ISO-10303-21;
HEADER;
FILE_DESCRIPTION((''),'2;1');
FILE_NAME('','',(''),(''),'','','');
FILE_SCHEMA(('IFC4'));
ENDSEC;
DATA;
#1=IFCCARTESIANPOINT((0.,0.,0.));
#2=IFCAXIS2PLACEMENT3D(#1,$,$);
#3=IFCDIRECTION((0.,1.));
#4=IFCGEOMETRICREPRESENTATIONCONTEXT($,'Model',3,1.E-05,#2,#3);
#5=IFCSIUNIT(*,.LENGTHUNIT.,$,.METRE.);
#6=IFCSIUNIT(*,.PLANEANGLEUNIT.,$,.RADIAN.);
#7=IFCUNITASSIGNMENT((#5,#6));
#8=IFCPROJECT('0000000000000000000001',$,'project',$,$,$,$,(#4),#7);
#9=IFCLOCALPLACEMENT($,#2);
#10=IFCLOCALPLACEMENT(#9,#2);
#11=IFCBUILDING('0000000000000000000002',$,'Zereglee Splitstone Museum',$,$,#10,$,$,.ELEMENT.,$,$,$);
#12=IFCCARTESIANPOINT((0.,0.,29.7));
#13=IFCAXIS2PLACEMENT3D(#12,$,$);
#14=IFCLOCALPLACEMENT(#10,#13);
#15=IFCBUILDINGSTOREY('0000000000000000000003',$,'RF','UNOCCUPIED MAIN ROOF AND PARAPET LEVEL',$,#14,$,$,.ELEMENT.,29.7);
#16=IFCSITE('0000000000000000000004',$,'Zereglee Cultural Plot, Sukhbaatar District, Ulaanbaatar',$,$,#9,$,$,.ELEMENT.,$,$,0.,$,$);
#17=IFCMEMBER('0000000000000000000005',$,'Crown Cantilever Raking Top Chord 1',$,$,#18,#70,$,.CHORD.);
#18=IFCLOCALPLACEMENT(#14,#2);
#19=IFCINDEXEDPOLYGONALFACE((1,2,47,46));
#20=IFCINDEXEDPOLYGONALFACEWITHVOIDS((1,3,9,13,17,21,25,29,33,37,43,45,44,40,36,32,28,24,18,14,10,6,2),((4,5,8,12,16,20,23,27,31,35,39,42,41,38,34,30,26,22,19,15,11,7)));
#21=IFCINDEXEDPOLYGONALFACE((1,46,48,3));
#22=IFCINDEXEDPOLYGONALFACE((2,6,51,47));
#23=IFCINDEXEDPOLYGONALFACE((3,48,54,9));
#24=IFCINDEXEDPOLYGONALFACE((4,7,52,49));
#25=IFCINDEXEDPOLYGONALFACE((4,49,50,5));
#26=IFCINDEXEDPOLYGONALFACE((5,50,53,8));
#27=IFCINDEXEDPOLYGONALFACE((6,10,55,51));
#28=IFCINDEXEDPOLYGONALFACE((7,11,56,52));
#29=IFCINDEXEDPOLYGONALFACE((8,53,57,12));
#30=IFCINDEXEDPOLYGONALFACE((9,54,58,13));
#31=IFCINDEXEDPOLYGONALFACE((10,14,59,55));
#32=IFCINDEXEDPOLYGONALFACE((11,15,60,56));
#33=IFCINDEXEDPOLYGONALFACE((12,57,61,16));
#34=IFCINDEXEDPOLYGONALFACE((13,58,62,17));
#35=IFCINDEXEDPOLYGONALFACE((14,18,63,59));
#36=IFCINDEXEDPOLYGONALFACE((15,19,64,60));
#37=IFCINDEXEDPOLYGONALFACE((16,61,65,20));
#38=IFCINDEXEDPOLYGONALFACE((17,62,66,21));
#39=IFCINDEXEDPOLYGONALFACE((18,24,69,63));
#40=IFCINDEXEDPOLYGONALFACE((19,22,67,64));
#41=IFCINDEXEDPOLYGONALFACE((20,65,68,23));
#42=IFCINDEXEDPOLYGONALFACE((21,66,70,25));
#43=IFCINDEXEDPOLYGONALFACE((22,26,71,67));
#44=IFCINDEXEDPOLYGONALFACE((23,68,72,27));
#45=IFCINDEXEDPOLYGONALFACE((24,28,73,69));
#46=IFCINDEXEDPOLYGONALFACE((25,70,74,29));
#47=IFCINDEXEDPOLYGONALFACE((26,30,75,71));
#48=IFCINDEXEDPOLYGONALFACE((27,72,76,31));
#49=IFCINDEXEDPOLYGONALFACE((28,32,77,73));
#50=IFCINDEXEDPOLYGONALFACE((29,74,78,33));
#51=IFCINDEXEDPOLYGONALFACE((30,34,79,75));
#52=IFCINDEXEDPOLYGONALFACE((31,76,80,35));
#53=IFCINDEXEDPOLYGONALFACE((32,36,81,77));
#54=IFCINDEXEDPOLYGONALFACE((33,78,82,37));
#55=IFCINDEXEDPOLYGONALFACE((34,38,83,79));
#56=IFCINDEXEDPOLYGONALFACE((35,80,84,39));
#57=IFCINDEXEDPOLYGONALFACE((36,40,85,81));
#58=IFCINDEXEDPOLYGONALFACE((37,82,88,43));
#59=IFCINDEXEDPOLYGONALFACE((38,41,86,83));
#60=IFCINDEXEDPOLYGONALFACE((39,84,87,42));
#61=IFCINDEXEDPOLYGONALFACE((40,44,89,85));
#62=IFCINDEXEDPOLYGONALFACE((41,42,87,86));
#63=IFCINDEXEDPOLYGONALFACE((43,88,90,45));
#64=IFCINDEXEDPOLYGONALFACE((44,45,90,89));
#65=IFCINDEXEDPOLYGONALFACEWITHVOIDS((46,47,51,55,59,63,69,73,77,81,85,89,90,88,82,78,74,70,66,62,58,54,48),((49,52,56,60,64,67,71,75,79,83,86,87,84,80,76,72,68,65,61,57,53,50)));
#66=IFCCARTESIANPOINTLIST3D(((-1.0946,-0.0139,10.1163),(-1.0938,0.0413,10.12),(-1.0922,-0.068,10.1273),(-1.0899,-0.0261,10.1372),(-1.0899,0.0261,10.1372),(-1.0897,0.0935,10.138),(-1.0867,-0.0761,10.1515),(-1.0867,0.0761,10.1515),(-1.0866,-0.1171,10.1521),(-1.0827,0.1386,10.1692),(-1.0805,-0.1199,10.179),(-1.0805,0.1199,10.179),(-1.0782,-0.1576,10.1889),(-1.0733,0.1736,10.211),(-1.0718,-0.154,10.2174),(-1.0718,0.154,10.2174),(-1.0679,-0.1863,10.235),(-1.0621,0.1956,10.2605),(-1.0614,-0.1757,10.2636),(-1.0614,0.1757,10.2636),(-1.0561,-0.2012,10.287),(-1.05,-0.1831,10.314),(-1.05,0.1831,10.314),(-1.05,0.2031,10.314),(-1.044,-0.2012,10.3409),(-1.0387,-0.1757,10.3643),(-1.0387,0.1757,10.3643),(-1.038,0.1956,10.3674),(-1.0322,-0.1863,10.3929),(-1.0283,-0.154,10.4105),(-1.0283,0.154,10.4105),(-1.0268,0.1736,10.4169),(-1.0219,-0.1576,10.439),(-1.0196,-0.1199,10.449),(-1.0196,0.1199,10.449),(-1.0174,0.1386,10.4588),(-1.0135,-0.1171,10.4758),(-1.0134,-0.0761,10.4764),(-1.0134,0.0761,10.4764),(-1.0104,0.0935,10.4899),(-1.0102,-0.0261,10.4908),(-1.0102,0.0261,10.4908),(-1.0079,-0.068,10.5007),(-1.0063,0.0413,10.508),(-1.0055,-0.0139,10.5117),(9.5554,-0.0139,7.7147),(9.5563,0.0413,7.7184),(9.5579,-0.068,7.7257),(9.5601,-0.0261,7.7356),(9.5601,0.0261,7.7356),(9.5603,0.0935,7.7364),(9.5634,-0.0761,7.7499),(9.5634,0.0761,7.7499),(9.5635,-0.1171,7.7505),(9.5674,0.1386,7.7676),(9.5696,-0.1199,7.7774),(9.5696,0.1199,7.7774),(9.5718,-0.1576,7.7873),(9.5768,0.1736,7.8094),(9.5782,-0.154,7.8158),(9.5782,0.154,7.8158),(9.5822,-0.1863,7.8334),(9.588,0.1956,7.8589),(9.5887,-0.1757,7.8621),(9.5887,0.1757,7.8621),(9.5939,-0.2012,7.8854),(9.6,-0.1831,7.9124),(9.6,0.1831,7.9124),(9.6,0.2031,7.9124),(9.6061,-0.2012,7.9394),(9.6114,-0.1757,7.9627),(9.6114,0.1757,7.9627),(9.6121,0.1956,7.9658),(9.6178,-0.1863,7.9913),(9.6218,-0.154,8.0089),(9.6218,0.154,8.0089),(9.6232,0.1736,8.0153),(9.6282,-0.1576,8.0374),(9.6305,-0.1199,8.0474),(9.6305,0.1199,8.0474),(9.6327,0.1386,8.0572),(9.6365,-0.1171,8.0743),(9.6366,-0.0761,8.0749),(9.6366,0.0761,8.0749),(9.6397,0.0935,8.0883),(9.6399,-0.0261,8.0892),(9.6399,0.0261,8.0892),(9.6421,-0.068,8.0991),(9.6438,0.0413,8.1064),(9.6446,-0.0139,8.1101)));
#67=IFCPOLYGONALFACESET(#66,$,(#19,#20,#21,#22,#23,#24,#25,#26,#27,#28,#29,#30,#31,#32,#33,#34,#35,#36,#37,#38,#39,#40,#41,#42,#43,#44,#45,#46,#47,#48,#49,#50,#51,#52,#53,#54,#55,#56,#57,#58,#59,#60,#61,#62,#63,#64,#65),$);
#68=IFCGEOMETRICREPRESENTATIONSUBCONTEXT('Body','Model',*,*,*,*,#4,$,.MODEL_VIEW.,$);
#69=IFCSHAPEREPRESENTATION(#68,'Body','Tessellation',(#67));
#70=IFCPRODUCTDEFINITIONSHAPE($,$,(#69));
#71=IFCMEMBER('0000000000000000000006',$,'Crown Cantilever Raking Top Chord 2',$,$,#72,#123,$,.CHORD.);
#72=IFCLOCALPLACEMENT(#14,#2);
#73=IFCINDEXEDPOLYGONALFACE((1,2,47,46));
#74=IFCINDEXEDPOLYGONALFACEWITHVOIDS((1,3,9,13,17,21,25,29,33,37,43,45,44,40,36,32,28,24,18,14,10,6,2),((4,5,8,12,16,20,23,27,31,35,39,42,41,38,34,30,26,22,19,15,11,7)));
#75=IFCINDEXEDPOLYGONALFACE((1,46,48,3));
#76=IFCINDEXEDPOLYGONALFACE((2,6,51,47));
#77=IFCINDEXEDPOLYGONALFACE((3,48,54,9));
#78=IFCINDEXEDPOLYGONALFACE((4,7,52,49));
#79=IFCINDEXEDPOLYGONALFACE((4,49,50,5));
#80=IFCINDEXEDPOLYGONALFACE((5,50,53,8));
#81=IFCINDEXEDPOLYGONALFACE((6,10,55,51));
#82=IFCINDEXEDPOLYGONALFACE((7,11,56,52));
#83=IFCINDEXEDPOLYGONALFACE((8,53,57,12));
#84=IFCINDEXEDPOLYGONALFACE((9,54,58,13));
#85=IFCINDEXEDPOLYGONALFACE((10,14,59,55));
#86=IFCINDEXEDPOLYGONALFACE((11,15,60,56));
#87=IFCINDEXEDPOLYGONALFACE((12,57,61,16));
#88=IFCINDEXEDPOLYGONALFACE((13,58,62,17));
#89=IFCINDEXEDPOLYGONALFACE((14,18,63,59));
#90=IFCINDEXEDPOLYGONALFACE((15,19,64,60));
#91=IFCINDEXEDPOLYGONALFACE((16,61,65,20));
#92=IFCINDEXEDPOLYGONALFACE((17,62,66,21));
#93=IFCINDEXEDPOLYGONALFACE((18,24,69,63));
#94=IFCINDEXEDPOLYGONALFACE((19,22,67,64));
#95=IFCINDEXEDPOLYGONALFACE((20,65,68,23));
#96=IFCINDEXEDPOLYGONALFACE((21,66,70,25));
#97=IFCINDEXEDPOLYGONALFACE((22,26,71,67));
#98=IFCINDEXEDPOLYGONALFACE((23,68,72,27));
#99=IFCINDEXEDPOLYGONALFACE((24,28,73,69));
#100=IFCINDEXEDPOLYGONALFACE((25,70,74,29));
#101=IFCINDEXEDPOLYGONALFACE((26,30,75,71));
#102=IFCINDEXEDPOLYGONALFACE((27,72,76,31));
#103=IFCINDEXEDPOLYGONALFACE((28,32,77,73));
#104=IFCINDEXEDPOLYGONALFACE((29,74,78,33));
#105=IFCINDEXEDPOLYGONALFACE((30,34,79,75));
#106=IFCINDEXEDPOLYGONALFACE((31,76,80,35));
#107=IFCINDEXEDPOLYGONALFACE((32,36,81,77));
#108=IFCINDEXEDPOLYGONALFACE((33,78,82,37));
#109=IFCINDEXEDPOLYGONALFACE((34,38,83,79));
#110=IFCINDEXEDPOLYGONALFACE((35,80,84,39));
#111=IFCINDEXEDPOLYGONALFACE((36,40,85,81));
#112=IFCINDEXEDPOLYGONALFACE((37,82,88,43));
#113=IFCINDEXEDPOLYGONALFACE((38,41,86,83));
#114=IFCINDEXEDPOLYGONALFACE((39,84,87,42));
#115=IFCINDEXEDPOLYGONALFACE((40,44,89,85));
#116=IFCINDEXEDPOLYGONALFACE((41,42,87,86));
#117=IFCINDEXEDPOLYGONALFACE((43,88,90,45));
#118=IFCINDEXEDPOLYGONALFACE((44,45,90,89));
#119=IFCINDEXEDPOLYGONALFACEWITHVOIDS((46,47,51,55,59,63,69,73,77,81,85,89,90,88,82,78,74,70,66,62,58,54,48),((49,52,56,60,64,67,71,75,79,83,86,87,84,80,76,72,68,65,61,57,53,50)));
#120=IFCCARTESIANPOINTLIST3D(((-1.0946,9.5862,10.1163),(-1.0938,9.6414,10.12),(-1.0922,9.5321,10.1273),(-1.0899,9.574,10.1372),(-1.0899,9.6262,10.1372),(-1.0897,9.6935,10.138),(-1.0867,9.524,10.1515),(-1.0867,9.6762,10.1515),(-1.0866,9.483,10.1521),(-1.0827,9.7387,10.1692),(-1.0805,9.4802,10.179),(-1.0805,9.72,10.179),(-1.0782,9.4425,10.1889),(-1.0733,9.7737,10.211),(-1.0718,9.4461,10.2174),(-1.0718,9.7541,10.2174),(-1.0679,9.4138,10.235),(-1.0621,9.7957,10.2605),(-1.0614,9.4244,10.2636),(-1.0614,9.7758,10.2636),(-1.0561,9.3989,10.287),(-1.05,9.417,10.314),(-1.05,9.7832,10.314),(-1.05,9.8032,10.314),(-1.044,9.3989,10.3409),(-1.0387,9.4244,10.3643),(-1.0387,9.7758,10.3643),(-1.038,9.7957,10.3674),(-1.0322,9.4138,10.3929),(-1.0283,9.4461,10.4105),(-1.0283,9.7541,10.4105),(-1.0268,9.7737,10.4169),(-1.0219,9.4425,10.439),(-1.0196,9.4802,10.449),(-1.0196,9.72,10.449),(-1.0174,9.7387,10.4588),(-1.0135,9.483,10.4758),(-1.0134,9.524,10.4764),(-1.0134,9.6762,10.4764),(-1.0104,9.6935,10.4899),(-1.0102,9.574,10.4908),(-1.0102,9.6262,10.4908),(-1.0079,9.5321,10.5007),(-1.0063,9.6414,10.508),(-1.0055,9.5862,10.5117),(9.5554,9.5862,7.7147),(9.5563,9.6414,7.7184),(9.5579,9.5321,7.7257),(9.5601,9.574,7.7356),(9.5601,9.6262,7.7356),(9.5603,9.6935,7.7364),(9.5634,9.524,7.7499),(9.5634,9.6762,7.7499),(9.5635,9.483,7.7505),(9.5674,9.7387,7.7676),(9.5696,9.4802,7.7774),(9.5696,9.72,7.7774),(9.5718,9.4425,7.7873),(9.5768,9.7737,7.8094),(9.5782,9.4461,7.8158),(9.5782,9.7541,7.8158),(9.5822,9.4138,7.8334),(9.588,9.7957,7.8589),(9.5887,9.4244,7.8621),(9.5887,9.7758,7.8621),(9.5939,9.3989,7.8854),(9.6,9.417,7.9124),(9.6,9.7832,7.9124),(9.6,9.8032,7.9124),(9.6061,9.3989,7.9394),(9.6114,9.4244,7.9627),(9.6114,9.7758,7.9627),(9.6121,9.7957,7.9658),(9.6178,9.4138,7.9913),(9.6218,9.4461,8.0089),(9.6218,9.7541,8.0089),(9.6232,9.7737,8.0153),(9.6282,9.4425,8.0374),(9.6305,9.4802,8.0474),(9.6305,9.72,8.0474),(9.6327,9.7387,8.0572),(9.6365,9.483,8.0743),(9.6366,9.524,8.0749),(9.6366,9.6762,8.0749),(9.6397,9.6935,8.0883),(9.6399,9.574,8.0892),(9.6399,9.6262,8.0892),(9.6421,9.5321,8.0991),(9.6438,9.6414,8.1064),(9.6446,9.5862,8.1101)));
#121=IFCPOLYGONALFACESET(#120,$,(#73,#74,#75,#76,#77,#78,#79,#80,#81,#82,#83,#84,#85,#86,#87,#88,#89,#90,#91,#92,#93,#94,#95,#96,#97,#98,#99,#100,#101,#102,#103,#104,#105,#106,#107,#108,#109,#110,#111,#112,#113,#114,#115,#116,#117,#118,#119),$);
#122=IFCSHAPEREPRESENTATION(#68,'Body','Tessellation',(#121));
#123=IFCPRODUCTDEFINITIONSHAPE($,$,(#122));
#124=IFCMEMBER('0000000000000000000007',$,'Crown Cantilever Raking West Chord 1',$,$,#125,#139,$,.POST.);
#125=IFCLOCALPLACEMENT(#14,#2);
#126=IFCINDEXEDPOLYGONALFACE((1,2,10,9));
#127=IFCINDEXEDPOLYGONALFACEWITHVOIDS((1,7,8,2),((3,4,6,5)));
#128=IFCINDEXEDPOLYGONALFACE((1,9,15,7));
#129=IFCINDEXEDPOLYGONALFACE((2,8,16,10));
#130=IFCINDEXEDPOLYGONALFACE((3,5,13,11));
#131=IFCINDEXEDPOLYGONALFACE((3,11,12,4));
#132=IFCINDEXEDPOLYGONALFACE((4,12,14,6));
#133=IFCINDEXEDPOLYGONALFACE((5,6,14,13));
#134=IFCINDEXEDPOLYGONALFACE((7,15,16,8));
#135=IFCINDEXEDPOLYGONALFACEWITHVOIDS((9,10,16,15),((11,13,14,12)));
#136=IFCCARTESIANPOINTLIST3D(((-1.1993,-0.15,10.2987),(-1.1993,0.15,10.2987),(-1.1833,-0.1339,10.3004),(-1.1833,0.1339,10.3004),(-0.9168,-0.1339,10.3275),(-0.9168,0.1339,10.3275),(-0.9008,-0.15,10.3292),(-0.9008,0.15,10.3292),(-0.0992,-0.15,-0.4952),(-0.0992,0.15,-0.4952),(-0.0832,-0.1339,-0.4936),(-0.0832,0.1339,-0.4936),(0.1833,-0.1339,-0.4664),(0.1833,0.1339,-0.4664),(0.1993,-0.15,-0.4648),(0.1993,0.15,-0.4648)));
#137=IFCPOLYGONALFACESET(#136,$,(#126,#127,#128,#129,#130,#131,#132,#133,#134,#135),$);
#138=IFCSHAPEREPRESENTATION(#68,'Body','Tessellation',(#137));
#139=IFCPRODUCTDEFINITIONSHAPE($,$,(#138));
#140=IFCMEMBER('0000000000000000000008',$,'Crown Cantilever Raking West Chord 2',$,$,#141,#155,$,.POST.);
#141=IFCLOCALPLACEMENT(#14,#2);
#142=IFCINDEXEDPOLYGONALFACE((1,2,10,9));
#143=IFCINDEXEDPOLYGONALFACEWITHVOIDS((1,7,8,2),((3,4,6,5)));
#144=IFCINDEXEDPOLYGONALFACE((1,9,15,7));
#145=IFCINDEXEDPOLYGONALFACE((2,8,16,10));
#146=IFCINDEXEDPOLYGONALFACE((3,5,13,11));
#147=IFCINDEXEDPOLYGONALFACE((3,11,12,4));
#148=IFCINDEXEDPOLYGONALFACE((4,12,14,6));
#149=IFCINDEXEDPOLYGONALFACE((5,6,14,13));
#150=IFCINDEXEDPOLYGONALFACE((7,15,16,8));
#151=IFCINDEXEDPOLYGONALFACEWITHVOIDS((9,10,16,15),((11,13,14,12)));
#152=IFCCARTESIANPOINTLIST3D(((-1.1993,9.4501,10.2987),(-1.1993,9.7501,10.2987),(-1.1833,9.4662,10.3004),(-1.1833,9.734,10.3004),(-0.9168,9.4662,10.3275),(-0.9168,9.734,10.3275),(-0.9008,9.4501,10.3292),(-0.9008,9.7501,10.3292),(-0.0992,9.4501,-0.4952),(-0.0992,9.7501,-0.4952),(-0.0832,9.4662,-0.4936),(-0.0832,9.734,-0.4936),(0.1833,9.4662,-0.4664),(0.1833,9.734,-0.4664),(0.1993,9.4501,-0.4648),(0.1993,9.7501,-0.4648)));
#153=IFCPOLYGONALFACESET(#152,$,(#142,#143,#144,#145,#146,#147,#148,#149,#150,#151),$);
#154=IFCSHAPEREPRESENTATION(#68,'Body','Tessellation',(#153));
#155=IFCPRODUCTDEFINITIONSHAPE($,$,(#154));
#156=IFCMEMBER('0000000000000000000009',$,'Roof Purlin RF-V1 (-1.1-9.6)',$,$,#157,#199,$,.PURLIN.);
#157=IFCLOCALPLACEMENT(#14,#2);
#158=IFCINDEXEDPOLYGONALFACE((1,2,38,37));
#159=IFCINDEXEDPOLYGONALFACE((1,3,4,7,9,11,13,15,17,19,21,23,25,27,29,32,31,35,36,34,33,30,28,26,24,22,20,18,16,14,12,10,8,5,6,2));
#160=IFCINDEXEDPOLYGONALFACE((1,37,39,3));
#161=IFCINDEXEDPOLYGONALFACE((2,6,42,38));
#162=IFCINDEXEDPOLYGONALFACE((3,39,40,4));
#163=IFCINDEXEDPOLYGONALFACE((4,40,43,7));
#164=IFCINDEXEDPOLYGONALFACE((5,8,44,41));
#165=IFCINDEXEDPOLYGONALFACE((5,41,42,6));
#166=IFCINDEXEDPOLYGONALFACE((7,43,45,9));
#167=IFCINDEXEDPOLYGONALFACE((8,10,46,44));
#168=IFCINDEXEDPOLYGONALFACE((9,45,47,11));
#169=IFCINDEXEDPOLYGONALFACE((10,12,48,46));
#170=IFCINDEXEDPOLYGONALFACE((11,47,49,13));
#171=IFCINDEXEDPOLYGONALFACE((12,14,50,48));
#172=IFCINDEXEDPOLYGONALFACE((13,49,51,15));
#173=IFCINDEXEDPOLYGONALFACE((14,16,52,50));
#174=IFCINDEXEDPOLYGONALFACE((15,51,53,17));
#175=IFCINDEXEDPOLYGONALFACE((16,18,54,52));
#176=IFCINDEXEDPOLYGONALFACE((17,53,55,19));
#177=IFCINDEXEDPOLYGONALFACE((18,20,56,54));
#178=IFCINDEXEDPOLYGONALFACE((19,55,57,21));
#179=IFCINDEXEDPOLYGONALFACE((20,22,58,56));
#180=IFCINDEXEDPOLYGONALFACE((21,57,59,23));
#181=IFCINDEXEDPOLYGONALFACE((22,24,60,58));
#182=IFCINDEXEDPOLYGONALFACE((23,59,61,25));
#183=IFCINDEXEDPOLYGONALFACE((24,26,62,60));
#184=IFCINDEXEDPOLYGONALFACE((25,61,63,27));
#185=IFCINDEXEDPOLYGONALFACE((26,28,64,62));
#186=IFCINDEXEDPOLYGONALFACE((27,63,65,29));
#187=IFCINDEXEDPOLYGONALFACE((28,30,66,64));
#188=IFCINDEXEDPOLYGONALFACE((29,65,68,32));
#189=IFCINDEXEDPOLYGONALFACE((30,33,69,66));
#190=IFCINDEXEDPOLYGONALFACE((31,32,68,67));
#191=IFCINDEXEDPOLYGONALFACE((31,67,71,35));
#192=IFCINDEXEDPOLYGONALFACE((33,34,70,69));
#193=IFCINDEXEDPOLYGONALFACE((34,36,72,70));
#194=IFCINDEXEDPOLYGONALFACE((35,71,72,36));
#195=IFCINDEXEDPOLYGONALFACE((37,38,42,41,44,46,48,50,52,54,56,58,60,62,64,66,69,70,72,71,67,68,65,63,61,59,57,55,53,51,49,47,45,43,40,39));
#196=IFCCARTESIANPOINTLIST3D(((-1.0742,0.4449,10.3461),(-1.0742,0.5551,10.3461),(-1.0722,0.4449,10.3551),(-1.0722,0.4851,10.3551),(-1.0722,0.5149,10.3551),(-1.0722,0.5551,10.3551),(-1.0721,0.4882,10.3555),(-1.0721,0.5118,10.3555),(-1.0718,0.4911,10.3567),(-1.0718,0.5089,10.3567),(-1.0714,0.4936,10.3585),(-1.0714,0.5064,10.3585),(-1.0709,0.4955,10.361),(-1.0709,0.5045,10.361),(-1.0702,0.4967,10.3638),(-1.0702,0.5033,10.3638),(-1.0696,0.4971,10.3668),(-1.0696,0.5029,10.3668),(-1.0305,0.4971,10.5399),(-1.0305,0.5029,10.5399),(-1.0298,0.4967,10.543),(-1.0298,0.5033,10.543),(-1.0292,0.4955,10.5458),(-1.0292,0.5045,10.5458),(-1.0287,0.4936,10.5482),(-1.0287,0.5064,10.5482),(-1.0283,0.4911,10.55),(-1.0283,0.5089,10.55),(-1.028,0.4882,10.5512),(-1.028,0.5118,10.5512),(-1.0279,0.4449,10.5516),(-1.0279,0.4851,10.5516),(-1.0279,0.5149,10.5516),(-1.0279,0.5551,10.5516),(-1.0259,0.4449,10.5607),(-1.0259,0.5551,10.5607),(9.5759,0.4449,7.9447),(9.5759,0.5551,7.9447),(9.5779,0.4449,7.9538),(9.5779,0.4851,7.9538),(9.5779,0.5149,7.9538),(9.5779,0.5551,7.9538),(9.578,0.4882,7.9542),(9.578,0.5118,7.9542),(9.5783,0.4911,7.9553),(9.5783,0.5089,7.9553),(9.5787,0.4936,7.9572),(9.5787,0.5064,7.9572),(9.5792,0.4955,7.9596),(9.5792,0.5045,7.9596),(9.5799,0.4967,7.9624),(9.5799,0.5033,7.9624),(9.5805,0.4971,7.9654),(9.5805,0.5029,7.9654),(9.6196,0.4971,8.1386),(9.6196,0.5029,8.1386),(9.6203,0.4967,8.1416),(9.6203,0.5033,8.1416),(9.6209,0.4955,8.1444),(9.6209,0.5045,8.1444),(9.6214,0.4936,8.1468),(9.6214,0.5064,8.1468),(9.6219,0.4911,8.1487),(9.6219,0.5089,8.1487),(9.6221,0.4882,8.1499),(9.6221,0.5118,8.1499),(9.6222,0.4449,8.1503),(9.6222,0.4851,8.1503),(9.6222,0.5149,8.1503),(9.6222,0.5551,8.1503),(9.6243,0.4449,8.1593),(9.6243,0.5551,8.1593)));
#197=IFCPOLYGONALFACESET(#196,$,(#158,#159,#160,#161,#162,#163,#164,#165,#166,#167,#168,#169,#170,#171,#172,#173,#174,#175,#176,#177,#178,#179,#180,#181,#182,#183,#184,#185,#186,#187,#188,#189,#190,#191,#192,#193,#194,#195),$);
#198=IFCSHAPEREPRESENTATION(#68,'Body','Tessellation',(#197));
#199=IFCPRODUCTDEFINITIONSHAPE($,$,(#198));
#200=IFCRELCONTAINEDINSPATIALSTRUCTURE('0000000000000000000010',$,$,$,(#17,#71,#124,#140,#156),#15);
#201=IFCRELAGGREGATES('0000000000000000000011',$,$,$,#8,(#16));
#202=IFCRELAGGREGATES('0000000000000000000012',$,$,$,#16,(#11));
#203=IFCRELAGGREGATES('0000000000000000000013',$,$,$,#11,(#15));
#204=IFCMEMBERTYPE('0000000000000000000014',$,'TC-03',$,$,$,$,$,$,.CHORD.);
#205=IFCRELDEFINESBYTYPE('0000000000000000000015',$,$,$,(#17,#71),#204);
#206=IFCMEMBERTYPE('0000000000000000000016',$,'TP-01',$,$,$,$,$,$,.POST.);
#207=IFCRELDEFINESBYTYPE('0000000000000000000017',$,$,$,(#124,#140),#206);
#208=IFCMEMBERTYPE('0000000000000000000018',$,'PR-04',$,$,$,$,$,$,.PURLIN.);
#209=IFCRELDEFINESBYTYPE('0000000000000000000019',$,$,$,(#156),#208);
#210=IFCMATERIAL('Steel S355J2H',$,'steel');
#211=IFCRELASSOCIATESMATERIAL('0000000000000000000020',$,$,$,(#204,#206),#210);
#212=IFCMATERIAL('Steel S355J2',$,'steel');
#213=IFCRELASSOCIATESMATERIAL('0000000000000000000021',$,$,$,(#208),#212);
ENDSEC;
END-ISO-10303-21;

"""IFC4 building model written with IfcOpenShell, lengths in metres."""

from ifc_helpers import new_model, si_unit, direction, frame, origin, origin_2d, place, context, subcontext, project, spatial, hollow_rectangle, hollow_circle, i_section, extrude, material, material_profile, profile_set, type_object, element, save


model = new_model("IFC4")

# Units and contexts
model_context = context("Model", 3, precision=1e-05, world=origin(), true_north=direction((0.0, 1.0)))
body_context = subcontext(model_context, "Body", "Model", "MODEL_VIEW")
ifc_project = project(units=[si_unit("LENGTHUNIT", "METRE"), si_unit("PLANEANGLEUNIT", "RADIAN")], contexts=[model_context])

# Site, building, storey
site_placement = place(None, origin())
site = spatial("IfcSite", under=ifc_project, at=site_placement, Name="Zereglee Cultural Plot, Sukhbaatar District, Ulaanbaatar", CompositionType="ELEMENT", RefElevation=0.0)
building_placement = place(site_placement, origin())
building = spatial("IfcBuilding", under=site, at=building_placement, Name="Zereglee Splitstone Museum", CompositionType="ELEMENT")
storey_placement = place(building_placement, frame((0.0, 0.0, 29.7)))
storey = spatial("IfcBuildingStorey", under=building, at=storey_placement, Name="RF", Description="UNOCCUPIED MAIN ROOF AND PARAPET LEVEL", CompositionType="ELEMENT", Elevation=29.7)

# Shared definitions
ifc_material_1 = material(Name="Steel S355J2", Category="steel")

# Members
ifc_material_2 = material(Name="Steel S355J2H", Category="steel")
ifc_material_profile_1 = material_profile(ifc_material_2, hollow_circle(Radius=0.2031, WallThickness=0.02, at=origin_2d()), Name="CHS 406.4x20")
ifc_profile_set_1 = profile_set([ifc_material_profile_1], Name="Steel S355J2H")
member_type_1 = type_object("IfcMemberType", Name="TC-03", PredefinedType="CHORD", material=ifc_profile_set_1)
for number, where, z_axis, x_axis, name in (
    (1, (-1.05, 0.0, 10.314), (0.975505, 0.0, -0.219977), (0.0, 1.0, 0.0), "Crown Cantilever Raking Top Chord 1"),
    (2, (-1.05, 9.6001, 10.314), (0.975505, 0.0, -0.219977), (0.0, 1.0, 0.0), "Crown Cantilever Raking Top Chord 2"),
):
    element("IfcMember", number, at=place(storey_placement, frame(where, z_axis=z_axis, x_axis=x_axis)), inside=storey, type_object=member_type_1, Name=name, PredefinedType="CHORD", context=body_context, shape_type="SweptSolid", body=[
        extrude(hollow_circle(Radius=0.2031, WallThickness=0.02, at=origin_2d()), origin(), (0.0, 0.0, 1.0), 10.9175),
    ])
ifc_material_profile_2 = material_profile(ifc_material_2, hollow_rectangle(XDim=0.3, YDim=0.3, WallThickness=0.0161, at=origin_2d()), Name="SHS 300x300x16")
ifc_profile_set_2 = profile_set([ifc_material_profile_2], Name="Steel S355J2H")
member_type_2 = type_object("IfcMemberType", Name="TP-01", PredefinedType="POST", material=ifc_profile_set_2)
for number, where, z_axis, x_axis, name in (
    (3, (0.05, 0.0, -0.48), (-0.101393, 0.0, 0.994846), (0.0, -1.0, 0.0), "Crown Cantilever Raking West Chord 1"),
    (4, (0.05, 9.6001, -0.48), (-0.101393, 0.0, 0.994846), (0.0, -1.0, 0.0), "Crown Cantilever Raking West Chord 2"),
):
    element("IfcMember", number, at=place(storey_placement, frame(where, z_axis=z_axis, x_axis=x_axis)), inside=storey, type_object=member_type_2, Name=name, PredefinedType="POST", context=body_context, shape_type="SweptSolid", body=[
        extrude(hollow_rectangle(XDim=0.3, YDim=0.3, WallThickness=0.0161, at=origin_2d()), origin(), (0.0, 0.0, 1.0), 10.8499),
    ])
ifc_material_profile_3 = material_profile(ifc_material_1, i_section(OverallWidth=0.1101, OverallDepth=0.22, WebThickness=0.0059, FlangeThickness=0.0093, FilletRadius=0.012, at=origin_2d()), Name="IPE 220")
ifc_profile_set_3 = profile_set([ifc_material_profile_3], Name="Steel S355J2")
member_type_3 = type_object("IfcMemberType", Name="PR-04", PredefinedType="PURLIN", material=ifc_profile_set_3)
member_1_placement = place(storey_placement, frame((-1.05, 0.5, 10.4534), z_axis=(0.97551, 0.0, -0.219955), x_axis=(0.0, 1.0, 0.0)))
element("IfcMember", 5, at=member_1_placement, inside=storey, type_object=member_type_3, Name="Roof Purlin RF-V1 (-1.1-9.6)", PredefinedType="PURLIN", context=body_context, shape_type="SweptSolid", body=[
    extrude(i_section(OverallWidth=0.1101, OverallDepth=0.22, WebThickness=0.0059, FlangeThickness=0.0093, FilletRadius=0.012, at=origin_2d()), origin(), (0.0, 0.0, 1.0), 10.9175),
])

save(model, "model.ifc")
